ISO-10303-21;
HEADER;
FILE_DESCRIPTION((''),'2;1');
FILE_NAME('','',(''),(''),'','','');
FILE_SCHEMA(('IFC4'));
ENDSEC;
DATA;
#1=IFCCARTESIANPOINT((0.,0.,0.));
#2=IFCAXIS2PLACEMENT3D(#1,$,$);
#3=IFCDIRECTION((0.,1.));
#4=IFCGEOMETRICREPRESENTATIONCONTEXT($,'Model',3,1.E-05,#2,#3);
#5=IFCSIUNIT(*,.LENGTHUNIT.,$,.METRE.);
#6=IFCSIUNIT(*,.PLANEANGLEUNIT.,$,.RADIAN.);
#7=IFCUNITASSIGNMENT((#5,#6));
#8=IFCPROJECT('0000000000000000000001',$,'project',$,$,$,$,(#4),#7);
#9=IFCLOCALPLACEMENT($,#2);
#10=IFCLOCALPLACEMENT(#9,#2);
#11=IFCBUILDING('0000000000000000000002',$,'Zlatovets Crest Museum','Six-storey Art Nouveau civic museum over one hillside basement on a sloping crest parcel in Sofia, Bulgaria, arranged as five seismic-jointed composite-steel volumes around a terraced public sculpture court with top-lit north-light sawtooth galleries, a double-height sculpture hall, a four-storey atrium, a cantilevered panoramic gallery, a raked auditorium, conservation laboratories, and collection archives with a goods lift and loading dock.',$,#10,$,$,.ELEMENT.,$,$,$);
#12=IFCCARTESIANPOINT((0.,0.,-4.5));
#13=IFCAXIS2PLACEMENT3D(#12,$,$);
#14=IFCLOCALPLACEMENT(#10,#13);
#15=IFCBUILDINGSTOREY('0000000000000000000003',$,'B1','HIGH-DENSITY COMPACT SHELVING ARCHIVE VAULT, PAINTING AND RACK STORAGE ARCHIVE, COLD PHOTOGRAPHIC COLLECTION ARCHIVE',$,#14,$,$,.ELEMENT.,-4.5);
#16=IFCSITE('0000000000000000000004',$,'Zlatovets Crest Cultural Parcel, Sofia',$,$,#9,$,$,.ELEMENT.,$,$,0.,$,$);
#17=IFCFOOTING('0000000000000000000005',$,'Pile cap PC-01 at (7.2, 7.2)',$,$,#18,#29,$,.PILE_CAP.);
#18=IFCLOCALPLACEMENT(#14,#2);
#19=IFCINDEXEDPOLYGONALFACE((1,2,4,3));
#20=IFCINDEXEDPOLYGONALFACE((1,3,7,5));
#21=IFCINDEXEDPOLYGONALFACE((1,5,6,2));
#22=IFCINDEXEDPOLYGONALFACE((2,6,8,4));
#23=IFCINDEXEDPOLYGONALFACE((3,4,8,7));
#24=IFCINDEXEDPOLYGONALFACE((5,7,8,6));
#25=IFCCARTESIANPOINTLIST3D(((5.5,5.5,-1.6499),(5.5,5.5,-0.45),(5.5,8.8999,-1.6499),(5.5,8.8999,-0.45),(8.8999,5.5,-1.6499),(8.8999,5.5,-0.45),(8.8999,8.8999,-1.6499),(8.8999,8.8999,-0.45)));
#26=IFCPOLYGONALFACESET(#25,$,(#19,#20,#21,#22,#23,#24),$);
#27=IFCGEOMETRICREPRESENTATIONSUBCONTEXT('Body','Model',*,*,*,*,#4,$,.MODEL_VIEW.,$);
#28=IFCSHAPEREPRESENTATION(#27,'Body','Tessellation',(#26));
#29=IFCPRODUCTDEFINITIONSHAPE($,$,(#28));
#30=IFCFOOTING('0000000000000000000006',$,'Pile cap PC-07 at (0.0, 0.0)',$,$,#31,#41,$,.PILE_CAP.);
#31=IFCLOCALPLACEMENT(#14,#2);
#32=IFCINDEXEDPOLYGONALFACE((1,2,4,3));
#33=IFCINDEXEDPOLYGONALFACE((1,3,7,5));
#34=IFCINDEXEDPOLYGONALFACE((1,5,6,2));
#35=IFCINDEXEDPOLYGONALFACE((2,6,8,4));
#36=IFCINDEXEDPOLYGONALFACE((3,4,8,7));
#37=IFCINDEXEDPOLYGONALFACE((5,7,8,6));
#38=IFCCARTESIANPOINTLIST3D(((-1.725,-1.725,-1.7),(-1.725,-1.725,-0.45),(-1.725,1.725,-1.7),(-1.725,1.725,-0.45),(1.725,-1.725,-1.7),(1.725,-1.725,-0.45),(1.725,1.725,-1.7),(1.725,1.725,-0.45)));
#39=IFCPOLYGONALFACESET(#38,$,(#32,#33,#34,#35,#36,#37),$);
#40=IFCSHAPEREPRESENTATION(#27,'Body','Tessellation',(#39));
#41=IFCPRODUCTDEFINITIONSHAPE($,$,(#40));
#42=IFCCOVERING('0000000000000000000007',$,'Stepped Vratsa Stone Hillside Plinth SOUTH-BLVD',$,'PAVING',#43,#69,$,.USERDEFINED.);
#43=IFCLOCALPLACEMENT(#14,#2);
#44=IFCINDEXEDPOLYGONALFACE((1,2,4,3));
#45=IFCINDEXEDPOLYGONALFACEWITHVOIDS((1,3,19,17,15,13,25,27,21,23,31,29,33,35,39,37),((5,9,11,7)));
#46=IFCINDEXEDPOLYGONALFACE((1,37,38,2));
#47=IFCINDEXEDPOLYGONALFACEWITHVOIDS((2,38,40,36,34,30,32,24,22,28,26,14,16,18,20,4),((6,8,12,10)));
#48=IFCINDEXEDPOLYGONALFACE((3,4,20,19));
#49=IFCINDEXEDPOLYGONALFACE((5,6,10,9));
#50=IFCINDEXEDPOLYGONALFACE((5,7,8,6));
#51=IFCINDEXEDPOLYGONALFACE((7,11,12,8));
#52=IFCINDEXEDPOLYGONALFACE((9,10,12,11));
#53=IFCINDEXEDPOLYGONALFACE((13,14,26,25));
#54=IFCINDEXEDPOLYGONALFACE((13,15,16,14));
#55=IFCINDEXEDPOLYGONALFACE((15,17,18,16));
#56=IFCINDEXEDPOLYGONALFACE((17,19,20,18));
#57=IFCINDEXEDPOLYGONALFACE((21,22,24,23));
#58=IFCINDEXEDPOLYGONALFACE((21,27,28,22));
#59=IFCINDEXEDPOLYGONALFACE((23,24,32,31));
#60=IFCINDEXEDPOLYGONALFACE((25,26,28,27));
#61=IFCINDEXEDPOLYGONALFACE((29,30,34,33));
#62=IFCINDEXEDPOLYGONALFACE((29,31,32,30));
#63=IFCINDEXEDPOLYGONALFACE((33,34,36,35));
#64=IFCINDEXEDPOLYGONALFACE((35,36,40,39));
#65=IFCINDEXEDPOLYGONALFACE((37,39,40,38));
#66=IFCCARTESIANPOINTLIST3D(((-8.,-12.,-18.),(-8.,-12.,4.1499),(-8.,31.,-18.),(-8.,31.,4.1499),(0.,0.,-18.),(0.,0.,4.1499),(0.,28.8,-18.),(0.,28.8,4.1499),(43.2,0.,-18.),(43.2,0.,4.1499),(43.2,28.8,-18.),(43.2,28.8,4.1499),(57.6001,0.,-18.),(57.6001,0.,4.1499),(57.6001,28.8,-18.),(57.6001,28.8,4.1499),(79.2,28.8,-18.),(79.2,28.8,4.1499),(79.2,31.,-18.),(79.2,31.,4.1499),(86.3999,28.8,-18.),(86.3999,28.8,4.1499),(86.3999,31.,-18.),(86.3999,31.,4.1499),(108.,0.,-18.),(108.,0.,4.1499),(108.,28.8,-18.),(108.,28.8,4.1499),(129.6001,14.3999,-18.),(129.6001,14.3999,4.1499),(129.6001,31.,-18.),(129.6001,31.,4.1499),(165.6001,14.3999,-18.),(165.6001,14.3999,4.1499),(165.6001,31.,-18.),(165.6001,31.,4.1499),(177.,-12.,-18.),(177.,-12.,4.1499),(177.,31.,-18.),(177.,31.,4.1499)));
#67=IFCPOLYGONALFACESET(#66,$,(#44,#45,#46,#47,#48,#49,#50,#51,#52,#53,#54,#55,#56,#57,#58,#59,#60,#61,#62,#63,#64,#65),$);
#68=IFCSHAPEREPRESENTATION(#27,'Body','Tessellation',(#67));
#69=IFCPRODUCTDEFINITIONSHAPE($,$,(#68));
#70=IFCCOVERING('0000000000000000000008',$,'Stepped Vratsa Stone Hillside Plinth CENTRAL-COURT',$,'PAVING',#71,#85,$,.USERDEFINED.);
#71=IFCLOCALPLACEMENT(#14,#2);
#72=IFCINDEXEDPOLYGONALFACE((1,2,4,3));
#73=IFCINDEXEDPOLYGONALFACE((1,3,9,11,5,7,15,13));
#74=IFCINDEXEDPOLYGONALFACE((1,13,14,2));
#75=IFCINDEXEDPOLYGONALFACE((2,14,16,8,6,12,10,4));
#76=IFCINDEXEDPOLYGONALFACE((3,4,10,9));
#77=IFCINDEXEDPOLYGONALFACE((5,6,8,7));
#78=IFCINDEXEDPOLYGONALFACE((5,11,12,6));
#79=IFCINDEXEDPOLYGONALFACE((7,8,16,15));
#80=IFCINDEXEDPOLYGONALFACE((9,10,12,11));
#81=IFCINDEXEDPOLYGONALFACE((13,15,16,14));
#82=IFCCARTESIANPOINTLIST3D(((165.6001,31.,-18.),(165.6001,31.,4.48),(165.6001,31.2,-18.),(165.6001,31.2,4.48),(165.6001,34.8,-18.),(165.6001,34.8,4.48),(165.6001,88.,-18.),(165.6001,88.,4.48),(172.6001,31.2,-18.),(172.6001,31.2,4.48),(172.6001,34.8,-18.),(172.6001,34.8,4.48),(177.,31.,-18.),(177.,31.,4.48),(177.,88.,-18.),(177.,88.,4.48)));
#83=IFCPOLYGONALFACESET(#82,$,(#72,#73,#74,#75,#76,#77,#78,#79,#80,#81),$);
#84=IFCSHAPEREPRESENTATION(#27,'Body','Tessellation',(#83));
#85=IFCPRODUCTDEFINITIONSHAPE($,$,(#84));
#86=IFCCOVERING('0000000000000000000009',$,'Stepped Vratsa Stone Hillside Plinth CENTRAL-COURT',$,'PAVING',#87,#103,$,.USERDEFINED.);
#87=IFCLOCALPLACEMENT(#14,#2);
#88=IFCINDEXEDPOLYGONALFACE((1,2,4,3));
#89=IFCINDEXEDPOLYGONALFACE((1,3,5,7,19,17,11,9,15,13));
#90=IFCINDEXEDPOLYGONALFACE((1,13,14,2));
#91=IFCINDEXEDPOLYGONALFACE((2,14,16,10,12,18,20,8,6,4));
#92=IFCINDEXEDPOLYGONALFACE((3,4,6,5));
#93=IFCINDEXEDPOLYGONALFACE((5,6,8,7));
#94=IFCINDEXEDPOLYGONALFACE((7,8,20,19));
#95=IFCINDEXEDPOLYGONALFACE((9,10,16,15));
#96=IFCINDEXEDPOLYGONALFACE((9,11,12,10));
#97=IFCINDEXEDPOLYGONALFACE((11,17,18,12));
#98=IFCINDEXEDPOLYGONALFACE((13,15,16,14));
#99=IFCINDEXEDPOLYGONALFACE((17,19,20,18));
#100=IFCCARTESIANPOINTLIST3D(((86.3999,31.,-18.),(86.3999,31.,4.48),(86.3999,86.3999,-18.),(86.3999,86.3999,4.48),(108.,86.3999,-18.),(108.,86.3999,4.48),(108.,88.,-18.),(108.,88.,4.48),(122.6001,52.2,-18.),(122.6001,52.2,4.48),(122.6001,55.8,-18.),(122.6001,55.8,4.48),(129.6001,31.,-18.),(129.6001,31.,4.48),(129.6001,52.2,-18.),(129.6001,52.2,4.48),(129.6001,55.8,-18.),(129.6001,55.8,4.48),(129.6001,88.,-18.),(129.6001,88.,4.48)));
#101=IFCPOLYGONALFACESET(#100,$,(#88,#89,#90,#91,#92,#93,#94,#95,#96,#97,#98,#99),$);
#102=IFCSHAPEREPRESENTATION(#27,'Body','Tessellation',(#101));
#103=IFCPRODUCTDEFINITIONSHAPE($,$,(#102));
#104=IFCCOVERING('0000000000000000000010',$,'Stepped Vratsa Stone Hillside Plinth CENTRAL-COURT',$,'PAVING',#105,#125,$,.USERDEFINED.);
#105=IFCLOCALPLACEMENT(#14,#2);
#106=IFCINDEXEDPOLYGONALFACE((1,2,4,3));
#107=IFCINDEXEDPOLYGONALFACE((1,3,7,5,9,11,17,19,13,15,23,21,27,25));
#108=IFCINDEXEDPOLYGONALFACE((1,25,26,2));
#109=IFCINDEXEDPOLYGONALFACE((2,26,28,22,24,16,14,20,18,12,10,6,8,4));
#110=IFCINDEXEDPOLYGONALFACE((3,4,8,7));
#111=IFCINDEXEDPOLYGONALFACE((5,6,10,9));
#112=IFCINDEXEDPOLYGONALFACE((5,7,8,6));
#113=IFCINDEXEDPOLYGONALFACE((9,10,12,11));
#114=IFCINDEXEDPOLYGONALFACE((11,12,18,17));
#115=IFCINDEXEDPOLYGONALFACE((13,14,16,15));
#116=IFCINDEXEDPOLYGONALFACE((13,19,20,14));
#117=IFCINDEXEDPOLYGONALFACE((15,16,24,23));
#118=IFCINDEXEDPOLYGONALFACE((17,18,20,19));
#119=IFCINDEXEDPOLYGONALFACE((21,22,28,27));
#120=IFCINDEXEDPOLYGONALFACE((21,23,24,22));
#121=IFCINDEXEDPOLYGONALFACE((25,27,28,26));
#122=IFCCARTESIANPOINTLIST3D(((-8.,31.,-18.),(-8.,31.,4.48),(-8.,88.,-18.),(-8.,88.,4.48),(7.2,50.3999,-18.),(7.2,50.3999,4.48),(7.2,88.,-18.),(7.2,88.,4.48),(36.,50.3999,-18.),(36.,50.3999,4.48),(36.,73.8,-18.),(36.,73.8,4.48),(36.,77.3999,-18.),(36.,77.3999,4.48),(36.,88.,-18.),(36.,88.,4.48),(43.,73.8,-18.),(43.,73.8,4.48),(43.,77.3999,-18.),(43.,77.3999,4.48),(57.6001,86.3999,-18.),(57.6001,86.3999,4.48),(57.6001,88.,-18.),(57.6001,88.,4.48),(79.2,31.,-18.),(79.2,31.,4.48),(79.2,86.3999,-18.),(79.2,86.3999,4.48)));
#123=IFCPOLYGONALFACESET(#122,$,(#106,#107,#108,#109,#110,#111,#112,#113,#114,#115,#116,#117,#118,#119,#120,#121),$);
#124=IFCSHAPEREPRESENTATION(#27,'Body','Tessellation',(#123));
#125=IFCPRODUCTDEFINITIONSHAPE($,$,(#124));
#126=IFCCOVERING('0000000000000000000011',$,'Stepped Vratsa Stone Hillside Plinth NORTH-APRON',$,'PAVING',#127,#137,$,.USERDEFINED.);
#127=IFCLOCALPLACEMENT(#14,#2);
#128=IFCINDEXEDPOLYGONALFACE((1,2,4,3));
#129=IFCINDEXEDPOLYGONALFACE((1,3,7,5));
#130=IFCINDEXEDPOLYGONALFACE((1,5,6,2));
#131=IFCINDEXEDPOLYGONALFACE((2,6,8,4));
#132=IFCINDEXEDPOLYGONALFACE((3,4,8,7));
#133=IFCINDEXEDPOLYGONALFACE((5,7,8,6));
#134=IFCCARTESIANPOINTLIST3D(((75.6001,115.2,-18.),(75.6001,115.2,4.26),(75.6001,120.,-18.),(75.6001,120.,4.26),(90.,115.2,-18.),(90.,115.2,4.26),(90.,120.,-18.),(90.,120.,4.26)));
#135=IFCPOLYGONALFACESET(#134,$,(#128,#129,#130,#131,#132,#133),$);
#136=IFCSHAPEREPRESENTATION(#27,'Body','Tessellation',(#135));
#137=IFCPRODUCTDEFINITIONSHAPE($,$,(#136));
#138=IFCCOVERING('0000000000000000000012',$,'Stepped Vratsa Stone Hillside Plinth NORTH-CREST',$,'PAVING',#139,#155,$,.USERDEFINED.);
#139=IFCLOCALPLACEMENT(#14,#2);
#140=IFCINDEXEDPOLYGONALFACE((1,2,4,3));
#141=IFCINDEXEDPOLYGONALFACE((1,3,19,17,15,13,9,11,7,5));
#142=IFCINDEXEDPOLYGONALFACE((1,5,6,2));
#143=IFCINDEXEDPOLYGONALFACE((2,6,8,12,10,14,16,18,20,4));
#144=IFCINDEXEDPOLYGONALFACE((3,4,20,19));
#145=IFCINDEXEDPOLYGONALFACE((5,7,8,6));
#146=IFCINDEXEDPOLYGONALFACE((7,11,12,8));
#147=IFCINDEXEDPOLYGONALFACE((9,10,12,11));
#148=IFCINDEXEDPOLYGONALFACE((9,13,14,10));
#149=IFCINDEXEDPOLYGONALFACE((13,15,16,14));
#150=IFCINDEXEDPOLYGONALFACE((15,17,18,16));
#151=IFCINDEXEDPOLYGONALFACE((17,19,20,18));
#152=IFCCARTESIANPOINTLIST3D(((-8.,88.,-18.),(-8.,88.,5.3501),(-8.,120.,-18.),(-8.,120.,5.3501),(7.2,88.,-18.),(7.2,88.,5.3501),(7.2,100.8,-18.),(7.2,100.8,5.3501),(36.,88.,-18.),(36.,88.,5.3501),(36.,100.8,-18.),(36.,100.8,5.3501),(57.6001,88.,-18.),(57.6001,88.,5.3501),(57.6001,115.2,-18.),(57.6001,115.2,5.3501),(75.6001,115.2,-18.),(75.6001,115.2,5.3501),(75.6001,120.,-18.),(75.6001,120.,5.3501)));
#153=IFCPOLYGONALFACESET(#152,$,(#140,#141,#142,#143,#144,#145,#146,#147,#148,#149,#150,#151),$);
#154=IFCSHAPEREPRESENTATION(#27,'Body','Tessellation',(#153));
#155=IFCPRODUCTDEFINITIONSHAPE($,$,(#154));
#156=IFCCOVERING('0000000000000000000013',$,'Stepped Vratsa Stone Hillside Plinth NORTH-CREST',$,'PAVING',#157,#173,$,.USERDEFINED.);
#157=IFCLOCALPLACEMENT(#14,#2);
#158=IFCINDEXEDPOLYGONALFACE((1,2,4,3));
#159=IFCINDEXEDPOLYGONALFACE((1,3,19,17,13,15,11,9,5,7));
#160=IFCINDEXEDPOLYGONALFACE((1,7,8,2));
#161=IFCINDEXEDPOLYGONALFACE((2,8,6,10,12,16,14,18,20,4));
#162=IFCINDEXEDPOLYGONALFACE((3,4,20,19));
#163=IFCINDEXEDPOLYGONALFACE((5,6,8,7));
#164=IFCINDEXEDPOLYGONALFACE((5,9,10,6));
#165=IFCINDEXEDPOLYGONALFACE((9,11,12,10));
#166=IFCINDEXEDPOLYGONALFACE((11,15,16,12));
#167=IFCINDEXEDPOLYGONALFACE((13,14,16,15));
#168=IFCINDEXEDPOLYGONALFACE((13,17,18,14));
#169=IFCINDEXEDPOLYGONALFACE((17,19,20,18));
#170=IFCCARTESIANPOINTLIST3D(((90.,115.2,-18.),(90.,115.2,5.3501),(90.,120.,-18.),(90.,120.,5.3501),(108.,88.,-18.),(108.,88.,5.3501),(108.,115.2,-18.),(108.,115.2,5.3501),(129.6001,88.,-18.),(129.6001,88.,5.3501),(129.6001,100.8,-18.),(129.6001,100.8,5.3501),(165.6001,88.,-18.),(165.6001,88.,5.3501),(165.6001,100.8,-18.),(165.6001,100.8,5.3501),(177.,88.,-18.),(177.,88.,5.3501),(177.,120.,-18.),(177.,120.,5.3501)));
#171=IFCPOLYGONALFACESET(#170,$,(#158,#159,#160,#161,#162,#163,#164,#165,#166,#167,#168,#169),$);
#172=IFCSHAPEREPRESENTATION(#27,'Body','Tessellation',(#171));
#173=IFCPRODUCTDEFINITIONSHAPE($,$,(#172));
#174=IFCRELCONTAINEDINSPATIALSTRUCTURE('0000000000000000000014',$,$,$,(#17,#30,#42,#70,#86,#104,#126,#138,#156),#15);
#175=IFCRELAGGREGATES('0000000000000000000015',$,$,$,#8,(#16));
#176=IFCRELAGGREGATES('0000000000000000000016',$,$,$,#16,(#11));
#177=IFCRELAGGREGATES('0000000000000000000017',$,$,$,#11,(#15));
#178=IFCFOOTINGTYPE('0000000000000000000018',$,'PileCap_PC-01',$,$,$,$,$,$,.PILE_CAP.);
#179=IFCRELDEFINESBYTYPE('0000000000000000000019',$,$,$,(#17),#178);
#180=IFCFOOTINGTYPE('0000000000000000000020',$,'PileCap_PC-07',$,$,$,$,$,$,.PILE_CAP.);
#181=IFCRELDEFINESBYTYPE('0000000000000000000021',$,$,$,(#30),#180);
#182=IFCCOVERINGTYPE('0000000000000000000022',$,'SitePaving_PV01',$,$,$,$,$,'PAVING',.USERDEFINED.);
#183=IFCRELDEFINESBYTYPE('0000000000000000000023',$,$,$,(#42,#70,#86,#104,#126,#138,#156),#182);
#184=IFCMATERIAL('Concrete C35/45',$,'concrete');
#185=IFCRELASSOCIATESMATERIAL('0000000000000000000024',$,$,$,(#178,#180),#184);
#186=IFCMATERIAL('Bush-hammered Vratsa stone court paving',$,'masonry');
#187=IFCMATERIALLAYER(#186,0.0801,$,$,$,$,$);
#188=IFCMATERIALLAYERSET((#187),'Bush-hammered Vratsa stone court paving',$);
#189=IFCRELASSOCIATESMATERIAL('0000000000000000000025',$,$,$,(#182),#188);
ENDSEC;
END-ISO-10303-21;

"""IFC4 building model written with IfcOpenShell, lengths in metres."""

from ifc_helpers import new_model, si_unit, direction, frame, origin, origin_2d, place, context, subcontext, project, spatial, polyline, rectangle, outline, extrude, material, layer, layer_set, type_object, element, save


model = new_model("IFC4")

# Units and contexts
model_context = context("Model", 3, precision=1e-05, world=origin(), true_north=direction((0.0, 1.0)))
body_context = subcontext(model_context, "Body", "Model", "MODEL_VIEW")
ifc_project = project(units=[si_unit("LENGTHUNIT", "METRE"), si_unit("PLANEANGLEUNIT", "RADIAN")], contexts=[model_context])

# Site, building, storey
site_placement = place(None, origin())
site = spatial("IfcSite", under=ifc_project, at=site_placement, Name="Zlatovets Crest Cultural Parcel, Sofia", CompositionType="ELEMENT", RefElevation=0.0)
building_placement = place(site_placement, origin())
building = spatial("IfcBuilding", under=site, at=building_placement, Name="Zlatovets Crest Museum", Description="Six-storey Art Nouveau civic museum over one hillside basement on a sloping crest parcel in Sofia, Bulgaria, arranged as five seismic-jointed composite-steel volumes around a terraced public sculpture court with top-lit north-light sawtooth galleries, a double-height sculpture hall, a four-storey atrium, a cantilevered panoramic gallery, a raked auditorium, conservation laboratories, and collection archives with a goods lift and loading dock.", CompositionType="ELEMENT")
storey_placement = place(building_placement, frame((0.0, 0.0, -4.5)))
storey = spatial("IfcBuildingStorey", under=building, at=storey_placement, Name="B1", Description="HIGH-DENSITY COMPACT SHELVING ARCHIVE VAULT, PAINTING AND RACK STORAGE ARCHIVE, COLD PHOTOGRAPHIC COLLECTION ARCHIVE", CompositionType="ELEMENT", Elevation=-4.5)

# Shared definitions
ifc_material_1 = material(Name="Concrete C35/45", Category="concrete")

# Footings
footing_type_1 = type_object("IfcFootingType", Name="PileCap_PC-01", PredefinedType="PILE_CAP", material=ifc_material_1)
for number, where, z_axis, x_axis, name in (
    (1, (7.2, 7.2, -1.6499), (0.0, 0.0, 1.0), (1.0, 0.0, 0.0), "Pile cap PC-01 at (7.2, 7.2)"),
):
    element("IfcFooting", number, at=place(storey_placement, frame(where, z_axis=z_axis, x_axis=x_axis)), inside=storey, type_object=footing_type_1, Name=name, PredefinedType="PILE_CAP", context=body_context, shape_type="SweptSolid", body=[
        extrude(rectangle(XDim=3.3999, YDim=3.3999, at=origin_2d()), origin(), (0.0, 0.0, 1.0), 1.2),
    ])
footing_type_2 = type_object("IfcFootingType", Name="PileCap_PC-07", PredefinedType="PILE_CAP", material=ifc_material_1)
footing_1_placement = place(storey_placement, frame((0.0, 0.0, -1.7), z_axis=(0.0, 0.0, 1.0), x_axis=(1.0, 0.0, 0.0)))
element("IfcFooting", 2, at=footing_1_placement, inside=storey, type_object=footing_type_2, Name="Pile cap PC-07 at (0.0, 0.0)", PredefinedType="PILE_CAP", context=body_context, shape_type="SweptSolid", body=[
    extrude(rectangle(XDim=3.45, YDim=3.45, at=origin_2d()), origin(), (0.0, 0.0, 1.0), 1.25),
])

# Coverings
ifc_material_2 = material(Name="Bush-hammered Vratsa stone court paving", Category="masonry")
ifc_layer = layer(ifc_material_2, 0.0801)
ifc_layer_set = layer_set([ifc_layer], Name="Bush-hammered Vratsa stone court paving")
covering_type = type_object("IfcCoveringType", Name="SitePaving_PV01", ElementType="PAVING", PredefinedType="USERDEFINED", material=ifc_layer_set)
covering_1_placement = place(storey_placement, frame((0.0, 0.0, -18.0)))
element("IfcCovering", 3, at=covering_1_placement, inside=storey, type_object=covering_type, Name="Stepped Vratsa Stone Hillside Plinth SOUTH-BLVD", ObjectType="PAVING", PredefinedType="USERDEFINED", context=body_context, shape_type="SweptSolid", body=[
    extrude(outline(polyline([(177.0, 31.0), (177.0, -12.0), (-8.0, -12.0), (-8.0, 31.0), (79.2, 31.0), (79.2, 28.8), (57.6001, 28.8), (57.6001, 0.0), (108.0, 0.0), (108.0, 28.8), (86.3999, 28.8), (86.3999, 31.0), (129.6001, 31.0), (129.6001, 14.3999), (165.6001, 14.3999), (165.6001, 31.0), (177.0, 31.0)]), holes=[polyline([(0.0, 0.0), (43.2, 0.0), (43.2, 28.8), (0.0, 28.8), (0.0, 0.0)])]), origin(), (0.0, 0.0, 1.0), 22.1499),
])
covering_2_placement = place(storey_placement, frame((0.0, 0.0, -18.0)))
element("IfcCovering", 4, at=covering_2_placement, inside=storey, type_object=covering_type, Name="Stepped Vratsa Stone Hillside Plinth CENTRAL-COURT", ObjectType="PAVING", PredefinedType="USERDEFINED", context=body_context, shape_type="SweptSolid", body=[
    extrude(outline(polyline([(177.0, 31.0), (165.6001, 31.0), (165.6001, 31.2), (172.6001, 31.2), (172.6001, 34.8), (165.6001, 34.8), (165.6001, 88.0), (177.0, 88.0), (177.0, 31.0)])), origin(), (0.0, 0.0, 1.0), 22.48),
])
covering_3_placement = place(storey_placement, frame((0.0, 0.0, -18.0)))
element("IfcCovering", 5, at=covering_3_placement, inside=storey, type_object=covering_type, Name="Stepped Vratsa Stone Hillside Plinth CENTRAL-COURT", ObjectType="PAVING", PredefinedType="USERDEFINED", context=body_context, shape_type="SweptSolid", body=[
    extrude(outline(polyline([(129.6001, 55.8), (122.6001, 55.8), (122.6001, 52.2), (129.6001, 52.2), (129.6001, 31.0), (86.3999, 31.0), (86.3999, 86.3999), (108.0, 86.3999), (108.0, 88.0), (129.6001, 88.0), (129.6001, 55.8)])), origin(), (0.0, 0.0, 1.0), 22.48),
])
covering_4_placement = place(storey_placement, frame((0.0, 0.0, -18.0)))
element("IfcCovering", 6, at=covering_4_placement, inside=storey, type_object=covering_type, Name="Stepped Vratsa Stone Hillside Plinth CENTRAL-COURT", ObjectType="PAVING", PredefinedType="USERDEFINED", context=body_context, shape_type="SweptSolid", body=[
    extrude(outline(polyline([(57.6001, 86.3999), (79.2, 86.3999), (79.2, 31.0), (-8.0, 31.0), (-8.0, 88.0), (7.2, 88.0), (7.2, 50.3999), (36.0, 50.3999), (36.0, 73.8), (43.0, 73.8), (43.0, 77.3999), (36.0, 77.3999), (36.0, 88.0), (57.6001, 88.0), (57.6001, 86.3999)])), origin(), (0.0, 0.0, 1.0), 22.48),
])
covering_5_placement = place(storey_placement, frame((0.0, 0.0, -18.0)))
element("IfcCovering", 7, at=covering_5_placement, inside=storey, type_object=covering_type, Name="Stepped Vratsa Stone Hillside Plinth NORTH-APRON", ObjectType="PAVING", PredefinedType="USERDEFINED", context=body_context, shape_type="SweptSolid", body=[
    extrude(outline(polyline([(90.0, 115.2), (90.0, 120.0), (75.6001, 120.0), (75.6001, 115.2), (90.0, 115.2)])), origin(), (0.0, 0.0, 1.0), 22.26),
])
covering_6_placement = place(storey_placement, frame((0.0, 0.0, -18.0)))
element("IfcCovering", 8, at=covering_6_placement, inside=storey, type_object=covering_type, Name="Stepped Vratsa Stone Hillside Plinth NORTH-CREST", ObjectType="PAVING", PredefinedType="USERDEFINED", context=body_context, shape_type="SweptSolid", body=[
    extrude(outline(polyline([(-8.0, 120.0), (75.6001, 120.0), (75.6001, 115.2), (57.6001, 115.2), (57.6001, 88.0), (36.0, 88.0), (36.0, 100.8), (7.2, 100.8), (7.2, 88.0), (-8.0, 88.0), (-8.0, 120.0)])), origin(), (0.0, 0.0, 1.0), 23.3501),
])
covering_7_placement = place(storey_placement, frame((0.0, 0.0, -18.0)))
element("IfcCovering", 9, at=covering_7_placement, inside=storey, type_object=covering_type, Name="Stepped Vratsa Stone Hillside Plinth NORTH-CREST", ObjectType="PAVING", PredefinedType="USERDEFINED", context=body_context, shape_type="SweptSolid", body=[
    extrude(outline(polyline([(177.0, 120.0), (177.0, 88.0), (165.6001, 88.0), (165.6001, 100.8), (129.6001, 100.8), (129.6001, 88.0), (108.0, 88.0), (108.0, 115.2), (90.0, 115.2), (90.0, 120.0), (177.0, 120.0)])), origin(), (0.0, 0.0, 1.0), 23.3501),
])

save(model, "model.ifc")
